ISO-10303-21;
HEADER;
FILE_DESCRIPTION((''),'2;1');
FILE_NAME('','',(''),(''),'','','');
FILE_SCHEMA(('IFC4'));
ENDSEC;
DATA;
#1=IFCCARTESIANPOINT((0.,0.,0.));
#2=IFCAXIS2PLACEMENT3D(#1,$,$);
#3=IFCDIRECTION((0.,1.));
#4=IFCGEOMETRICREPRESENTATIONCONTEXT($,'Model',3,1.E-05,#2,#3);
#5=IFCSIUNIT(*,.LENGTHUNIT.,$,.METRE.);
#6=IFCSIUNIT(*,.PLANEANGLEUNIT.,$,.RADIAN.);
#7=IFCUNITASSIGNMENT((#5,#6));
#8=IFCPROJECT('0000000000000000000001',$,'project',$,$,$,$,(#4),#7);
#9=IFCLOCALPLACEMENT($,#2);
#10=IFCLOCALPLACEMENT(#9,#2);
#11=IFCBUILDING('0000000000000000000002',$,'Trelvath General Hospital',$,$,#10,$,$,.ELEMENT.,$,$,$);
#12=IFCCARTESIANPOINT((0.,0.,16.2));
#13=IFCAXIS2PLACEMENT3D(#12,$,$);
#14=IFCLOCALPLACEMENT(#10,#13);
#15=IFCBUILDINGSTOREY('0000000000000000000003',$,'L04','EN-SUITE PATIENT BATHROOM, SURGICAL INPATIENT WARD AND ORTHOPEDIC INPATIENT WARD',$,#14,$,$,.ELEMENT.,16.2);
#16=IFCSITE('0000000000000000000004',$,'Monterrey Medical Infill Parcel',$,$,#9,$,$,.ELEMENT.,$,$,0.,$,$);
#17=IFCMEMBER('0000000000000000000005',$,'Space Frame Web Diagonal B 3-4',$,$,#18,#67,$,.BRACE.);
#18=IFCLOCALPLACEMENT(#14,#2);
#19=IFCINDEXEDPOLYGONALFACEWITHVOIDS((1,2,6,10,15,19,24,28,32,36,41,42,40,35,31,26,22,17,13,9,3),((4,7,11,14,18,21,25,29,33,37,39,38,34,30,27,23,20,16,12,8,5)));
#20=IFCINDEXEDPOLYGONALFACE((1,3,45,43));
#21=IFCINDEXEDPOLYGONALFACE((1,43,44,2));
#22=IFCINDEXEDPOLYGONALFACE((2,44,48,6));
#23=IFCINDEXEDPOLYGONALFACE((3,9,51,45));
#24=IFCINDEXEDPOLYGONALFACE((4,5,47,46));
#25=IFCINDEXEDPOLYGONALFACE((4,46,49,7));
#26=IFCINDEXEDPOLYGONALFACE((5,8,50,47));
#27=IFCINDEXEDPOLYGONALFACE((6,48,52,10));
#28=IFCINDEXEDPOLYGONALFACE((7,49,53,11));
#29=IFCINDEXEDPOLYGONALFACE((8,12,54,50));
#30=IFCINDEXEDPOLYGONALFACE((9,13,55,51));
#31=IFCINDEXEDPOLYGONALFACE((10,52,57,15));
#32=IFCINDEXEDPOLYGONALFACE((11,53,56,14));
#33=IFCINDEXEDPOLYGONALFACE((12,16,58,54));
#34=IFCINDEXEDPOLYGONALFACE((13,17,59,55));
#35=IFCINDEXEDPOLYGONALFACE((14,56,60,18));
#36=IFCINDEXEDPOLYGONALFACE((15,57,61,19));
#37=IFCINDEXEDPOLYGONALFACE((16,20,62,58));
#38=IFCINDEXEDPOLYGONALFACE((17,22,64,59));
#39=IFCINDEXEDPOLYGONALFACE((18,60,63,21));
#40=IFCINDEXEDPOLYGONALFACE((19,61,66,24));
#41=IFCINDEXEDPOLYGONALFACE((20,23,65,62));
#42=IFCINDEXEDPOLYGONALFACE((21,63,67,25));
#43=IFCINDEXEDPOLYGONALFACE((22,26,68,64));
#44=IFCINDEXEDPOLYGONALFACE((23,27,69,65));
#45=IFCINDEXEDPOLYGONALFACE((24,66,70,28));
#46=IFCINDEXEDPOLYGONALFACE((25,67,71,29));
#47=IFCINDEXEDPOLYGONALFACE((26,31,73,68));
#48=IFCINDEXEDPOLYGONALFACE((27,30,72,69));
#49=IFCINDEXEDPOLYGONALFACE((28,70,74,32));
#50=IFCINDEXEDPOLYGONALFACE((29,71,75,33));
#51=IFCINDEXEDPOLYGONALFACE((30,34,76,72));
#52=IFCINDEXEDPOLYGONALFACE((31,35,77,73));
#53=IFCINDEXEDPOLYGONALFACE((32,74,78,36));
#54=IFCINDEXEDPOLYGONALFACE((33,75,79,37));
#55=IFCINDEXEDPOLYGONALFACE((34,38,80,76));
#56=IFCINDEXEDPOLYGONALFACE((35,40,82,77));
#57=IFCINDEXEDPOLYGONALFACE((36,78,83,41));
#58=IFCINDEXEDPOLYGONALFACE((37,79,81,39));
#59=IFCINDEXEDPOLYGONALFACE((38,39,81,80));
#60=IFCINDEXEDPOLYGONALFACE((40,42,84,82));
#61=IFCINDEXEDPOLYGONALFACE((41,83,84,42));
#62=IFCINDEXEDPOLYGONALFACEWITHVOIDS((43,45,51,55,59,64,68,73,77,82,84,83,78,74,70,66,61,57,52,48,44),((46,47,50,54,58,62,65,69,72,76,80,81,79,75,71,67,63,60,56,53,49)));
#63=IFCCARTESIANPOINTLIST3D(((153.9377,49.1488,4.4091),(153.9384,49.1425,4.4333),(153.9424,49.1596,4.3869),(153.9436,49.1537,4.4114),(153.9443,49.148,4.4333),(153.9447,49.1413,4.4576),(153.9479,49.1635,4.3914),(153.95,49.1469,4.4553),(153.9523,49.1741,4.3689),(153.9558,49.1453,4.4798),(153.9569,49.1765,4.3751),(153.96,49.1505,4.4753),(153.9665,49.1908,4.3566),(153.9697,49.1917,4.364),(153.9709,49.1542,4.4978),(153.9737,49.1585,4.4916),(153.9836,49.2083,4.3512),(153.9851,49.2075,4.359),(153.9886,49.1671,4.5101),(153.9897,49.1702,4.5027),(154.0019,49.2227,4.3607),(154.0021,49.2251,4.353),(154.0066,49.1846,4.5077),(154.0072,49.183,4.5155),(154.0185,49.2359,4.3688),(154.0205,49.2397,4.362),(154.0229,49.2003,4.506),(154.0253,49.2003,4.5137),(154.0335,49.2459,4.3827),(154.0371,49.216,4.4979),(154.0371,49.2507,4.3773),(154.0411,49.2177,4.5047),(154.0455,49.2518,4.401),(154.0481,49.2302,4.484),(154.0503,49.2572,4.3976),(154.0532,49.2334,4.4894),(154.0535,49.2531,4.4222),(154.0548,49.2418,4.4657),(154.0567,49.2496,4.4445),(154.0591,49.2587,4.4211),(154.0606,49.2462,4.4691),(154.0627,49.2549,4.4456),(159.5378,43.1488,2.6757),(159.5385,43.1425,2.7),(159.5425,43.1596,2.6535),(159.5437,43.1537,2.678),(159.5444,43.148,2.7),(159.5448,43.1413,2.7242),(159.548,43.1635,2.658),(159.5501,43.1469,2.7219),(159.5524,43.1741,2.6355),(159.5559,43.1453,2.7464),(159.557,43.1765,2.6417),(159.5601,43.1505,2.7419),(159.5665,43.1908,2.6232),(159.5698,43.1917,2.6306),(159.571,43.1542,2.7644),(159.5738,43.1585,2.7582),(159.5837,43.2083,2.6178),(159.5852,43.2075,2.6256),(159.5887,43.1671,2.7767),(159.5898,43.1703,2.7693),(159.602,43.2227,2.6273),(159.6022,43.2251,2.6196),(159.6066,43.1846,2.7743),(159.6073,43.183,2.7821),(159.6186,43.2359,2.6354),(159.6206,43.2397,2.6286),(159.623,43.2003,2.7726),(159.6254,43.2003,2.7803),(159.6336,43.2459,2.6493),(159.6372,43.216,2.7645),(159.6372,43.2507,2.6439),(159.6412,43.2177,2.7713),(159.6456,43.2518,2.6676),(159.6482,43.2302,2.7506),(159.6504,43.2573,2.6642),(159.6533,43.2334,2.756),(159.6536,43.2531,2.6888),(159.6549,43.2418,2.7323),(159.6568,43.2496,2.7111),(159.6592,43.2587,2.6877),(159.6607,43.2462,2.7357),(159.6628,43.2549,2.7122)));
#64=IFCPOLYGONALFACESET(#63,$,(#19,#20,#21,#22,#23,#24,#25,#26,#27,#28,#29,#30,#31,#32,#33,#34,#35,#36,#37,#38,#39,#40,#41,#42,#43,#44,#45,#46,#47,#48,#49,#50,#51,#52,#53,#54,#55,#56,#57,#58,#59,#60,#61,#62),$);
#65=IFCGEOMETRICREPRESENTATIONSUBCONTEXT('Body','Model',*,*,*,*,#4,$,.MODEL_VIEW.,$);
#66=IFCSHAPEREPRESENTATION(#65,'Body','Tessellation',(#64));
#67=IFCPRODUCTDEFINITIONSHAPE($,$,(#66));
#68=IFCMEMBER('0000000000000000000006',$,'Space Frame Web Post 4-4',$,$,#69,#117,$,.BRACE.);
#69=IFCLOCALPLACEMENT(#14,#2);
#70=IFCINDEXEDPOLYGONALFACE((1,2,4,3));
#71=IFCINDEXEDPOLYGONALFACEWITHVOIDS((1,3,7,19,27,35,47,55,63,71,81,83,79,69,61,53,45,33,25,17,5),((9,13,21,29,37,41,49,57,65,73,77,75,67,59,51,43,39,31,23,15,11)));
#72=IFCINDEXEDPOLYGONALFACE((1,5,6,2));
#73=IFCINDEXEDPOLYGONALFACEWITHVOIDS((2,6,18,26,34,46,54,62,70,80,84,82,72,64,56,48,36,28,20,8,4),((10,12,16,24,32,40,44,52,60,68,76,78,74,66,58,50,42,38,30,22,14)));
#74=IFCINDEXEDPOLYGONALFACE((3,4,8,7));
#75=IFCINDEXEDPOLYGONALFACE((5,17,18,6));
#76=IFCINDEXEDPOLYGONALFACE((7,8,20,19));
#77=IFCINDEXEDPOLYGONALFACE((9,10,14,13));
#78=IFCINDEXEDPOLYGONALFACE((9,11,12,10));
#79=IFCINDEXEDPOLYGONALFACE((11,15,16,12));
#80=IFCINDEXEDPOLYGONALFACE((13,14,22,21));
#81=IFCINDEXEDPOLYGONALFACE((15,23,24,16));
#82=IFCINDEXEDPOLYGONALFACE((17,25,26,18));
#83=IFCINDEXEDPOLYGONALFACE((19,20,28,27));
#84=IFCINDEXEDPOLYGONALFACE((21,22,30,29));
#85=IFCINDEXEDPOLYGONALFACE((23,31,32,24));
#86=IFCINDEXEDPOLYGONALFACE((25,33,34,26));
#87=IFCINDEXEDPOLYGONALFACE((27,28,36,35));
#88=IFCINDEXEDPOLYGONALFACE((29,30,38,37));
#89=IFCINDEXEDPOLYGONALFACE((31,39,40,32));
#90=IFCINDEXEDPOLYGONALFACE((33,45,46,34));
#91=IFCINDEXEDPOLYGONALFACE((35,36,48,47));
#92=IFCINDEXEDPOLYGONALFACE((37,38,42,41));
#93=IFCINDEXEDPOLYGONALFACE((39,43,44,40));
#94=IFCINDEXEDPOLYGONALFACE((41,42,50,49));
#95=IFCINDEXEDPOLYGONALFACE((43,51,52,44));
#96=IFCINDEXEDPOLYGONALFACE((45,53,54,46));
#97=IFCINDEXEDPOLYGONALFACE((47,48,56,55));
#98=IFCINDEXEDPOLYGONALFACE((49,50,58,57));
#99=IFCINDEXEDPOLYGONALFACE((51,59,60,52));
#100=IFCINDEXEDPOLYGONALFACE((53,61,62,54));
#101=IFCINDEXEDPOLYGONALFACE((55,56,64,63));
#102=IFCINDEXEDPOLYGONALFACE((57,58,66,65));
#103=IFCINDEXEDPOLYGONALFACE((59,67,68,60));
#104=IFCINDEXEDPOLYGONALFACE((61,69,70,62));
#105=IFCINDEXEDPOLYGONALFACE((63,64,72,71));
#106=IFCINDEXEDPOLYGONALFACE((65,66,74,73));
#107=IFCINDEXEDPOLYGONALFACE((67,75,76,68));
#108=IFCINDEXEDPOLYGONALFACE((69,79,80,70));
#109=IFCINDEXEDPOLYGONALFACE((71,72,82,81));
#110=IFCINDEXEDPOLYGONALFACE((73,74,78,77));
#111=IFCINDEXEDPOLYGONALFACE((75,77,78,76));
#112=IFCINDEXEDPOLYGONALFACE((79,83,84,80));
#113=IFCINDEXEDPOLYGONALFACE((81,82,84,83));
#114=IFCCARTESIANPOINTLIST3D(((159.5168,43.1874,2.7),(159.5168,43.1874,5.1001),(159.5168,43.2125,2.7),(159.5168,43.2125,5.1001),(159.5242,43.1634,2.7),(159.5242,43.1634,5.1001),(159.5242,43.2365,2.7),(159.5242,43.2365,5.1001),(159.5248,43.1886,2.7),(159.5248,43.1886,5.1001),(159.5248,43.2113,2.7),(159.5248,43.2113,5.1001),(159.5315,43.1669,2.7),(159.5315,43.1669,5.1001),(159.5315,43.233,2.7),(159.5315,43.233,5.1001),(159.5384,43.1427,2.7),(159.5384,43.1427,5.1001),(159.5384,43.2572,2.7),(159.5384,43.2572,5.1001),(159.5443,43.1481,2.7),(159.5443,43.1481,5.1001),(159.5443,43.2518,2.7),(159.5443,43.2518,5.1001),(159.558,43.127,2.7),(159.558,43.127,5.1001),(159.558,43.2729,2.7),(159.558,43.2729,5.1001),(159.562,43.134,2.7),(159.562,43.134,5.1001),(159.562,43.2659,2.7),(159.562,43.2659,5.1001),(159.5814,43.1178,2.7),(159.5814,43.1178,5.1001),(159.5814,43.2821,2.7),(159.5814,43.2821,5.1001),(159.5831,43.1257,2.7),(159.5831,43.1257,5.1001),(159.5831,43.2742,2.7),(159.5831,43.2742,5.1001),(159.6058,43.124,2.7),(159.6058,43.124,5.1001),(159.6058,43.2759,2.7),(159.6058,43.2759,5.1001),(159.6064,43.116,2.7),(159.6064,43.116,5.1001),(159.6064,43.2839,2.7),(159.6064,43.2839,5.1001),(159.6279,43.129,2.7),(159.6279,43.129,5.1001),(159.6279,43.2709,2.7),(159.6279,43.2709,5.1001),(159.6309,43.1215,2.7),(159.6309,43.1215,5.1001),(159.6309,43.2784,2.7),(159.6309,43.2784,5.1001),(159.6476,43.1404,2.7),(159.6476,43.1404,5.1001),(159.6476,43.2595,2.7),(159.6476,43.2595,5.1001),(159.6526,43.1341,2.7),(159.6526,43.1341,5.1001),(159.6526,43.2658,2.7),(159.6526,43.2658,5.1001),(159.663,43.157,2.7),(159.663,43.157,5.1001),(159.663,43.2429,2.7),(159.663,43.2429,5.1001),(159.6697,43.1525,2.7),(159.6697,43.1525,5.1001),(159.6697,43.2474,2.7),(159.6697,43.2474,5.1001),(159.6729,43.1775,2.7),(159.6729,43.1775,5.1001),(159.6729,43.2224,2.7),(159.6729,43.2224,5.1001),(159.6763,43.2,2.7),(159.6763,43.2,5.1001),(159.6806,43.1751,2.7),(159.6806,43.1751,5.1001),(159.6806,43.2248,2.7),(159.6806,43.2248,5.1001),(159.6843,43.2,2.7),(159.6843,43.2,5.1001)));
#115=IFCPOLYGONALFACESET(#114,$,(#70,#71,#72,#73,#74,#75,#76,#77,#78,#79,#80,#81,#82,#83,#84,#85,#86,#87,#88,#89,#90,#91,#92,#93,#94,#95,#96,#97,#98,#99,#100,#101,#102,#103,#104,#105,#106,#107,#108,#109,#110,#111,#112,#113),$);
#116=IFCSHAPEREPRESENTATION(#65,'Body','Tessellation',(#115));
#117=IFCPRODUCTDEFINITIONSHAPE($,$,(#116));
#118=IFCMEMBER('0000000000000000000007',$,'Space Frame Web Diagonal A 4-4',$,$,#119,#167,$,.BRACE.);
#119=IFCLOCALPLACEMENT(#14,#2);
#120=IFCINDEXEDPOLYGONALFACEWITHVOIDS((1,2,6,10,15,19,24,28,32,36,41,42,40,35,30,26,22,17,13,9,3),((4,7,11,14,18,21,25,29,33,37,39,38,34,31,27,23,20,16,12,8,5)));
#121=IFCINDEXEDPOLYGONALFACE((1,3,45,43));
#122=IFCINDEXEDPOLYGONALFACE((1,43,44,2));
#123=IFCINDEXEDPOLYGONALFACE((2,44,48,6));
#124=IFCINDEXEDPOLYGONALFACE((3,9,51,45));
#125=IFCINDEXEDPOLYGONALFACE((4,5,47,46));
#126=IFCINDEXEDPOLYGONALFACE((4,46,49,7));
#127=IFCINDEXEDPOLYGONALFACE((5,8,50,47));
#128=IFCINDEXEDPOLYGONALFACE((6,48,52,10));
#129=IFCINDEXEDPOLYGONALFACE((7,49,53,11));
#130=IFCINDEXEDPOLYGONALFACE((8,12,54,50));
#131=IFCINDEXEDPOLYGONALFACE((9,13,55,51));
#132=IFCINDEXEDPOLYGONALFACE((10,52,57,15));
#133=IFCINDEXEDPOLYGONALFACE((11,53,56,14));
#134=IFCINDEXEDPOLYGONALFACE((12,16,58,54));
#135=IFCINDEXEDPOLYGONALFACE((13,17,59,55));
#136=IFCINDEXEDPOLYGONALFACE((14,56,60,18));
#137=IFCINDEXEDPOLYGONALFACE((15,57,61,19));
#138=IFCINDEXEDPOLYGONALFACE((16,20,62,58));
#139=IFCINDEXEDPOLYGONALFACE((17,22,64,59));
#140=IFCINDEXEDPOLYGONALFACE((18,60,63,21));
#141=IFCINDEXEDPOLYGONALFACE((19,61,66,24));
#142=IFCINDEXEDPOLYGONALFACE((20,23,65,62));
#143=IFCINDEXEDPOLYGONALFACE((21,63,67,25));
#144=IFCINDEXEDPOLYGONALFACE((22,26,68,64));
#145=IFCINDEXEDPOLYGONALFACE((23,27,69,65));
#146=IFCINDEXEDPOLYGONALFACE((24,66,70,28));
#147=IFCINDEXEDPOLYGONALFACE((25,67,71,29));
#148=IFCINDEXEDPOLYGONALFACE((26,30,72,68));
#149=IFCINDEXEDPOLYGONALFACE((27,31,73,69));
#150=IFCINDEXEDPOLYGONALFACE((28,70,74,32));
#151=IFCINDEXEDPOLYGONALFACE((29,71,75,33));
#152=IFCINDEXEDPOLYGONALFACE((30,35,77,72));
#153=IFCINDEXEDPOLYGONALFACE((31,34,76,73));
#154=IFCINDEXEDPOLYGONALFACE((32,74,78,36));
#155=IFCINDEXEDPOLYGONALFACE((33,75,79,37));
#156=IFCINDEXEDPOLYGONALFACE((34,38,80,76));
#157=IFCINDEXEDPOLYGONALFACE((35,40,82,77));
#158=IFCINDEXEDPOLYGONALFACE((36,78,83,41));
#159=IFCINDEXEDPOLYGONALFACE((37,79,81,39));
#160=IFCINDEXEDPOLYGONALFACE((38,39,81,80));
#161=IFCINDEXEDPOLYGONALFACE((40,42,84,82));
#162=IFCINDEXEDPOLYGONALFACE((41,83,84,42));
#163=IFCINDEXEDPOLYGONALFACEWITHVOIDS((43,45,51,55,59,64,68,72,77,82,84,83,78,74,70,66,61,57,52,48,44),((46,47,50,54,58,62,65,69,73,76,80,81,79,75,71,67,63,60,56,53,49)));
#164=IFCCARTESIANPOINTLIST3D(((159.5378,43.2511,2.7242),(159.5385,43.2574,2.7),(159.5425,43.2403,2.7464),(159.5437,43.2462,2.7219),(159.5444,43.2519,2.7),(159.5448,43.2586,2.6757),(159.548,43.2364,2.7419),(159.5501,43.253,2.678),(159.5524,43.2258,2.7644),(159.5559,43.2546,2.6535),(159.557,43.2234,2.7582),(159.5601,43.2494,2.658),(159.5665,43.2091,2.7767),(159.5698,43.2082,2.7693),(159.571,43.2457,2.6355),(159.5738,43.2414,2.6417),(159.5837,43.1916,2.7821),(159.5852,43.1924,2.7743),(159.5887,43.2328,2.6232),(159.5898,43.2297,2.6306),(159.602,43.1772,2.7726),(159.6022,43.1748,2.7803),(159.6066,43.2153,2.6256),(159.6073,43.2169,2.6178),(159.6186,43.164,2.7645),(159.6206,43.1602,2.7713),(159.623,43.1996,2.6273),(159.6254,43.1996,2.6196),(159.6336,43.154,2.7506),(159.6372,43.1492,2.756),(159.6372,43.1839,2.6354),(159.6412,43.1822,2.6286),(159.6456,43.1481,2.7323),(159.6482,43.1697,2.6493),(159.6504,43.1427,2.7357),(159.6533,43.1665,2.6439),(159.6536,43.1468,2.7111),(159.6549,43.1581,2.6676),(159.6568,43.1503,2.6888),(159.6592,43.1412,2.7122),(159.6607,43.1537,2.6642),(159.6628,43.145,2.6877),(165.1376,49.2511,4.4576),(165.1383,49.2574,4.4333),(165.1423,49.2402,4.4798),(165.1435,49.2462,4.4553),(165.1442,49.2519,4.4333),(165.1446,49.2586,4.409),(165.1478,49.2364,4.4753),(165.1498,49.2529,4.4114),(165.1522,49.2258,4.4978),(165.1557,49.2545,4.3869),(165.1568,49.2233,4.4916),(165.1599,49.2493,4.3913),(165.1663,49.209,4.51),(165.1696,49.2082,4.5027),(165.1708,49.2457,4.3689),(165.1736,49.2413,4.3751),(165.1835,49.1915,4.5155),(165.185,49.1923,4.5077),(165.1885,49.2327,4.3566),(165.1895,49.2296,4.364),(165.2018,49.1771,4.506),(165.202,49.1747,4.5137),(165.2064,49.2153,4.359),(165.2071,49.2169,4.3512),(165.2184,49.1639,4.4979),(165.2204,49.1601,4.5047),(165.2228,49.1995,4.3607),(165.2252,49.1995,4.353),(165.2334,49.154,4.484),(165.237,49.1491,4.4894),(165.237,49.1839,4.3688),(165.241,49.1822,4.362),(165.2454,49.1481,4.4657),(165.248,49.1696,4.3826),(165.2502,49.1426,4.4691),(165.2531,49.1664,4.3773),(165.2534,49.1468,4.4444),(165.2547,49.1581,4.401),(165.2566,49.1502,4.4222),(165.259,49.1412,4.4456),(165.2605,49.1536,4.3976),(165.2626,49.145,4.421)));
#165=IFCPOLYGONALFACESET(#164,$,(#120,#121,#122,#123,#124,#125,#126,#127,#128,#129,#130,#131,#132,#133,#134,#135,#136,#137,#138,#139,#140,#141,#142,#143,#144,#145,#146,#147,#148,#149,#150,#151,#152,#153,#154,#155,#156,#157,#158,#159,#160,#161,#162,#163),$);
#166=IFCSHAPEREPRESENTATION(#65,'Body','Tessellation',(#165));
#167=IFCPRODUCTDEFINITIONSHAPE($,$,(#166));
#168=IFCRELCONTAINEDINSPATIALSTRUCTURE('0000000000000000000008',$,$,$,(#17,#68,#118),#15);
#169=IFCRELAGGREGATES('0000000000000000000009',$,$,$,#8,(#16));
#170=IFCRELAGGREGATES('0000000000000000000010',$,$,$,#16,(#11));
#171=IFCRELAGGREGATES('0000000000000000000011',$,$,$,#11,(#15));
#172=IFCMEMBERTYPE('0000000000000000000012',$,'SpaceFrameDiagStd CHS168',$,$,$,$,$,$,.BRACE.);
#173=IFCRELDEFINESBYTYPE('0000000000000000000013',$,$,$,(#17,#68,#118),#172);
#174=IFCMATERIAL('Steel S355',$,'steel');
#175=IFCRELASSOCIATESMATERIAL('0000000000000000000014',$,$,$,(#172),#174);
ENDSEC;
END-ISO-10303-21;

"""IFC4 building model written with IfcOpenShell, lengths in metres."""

from ifc_helpers import new_model, si_unit, direction, frame, origin, origin_2d, place, context, subcontext, project, spatial, hollow_circle, extrude, material, material_profile, profile_set, type_object, element, save


model = new_model("IFC4")

# Units and contexts
model_context = context("Model", 3, precision=1e-05, world=origin(), true_north=direction((0.0, 1.0)))
body_context = subcontext(model_context, "Body", "Model", "MODEL_VIEW")
ifc_project = project(units=[si_unit("LENGTHUNIT", "METRE"), si_unit("PLANEANGLEUNIT", "RADIAN")], contexts=[model_context])

# Site, building, storey
site_placement = place(None, origin())
site = spatial("IfcSite", under=ifc_project, at=site_placement, Name="Monterrey Medical Infill Parcel", CompositionType="ELEMENT", RefElevation=0.0)
building_placement = place(site_placement, origin())
building = spatial("IfcBuilding", under=site, at=building_placement, Name="Trelvath General Hospital", CompositionType="ELEMENT")
storey_placement = place(building_placement, frame((0.0, 0.0, 16.2)))
storey = spatial("IfcBuildingStorey", under=building, at=storey_placement, Name="L04", Description="EN-SUITE PATIENT BATHROOM, SURGICAL INPATIENT WARD AND ORTHOPEDIC INPATIENT WARD", CompositionType="ELEMENT", Elevation=16.2)

# Members
ifc_material_1 = material(Name="Steel S355", Category="steel")
ifc_material_profile_1 = material_profile(ifc_material_1, hollow_circle(Radius=0.0842, WallThickness=0.0081, at=origin_2d()), Name="CHS168.3x8.0")
ifc_profile_set_1 = profile_set([ifc_material_profile_1], Name="Steel S355")
member_type_1 = type_object("IfcMemberType", Name="SpaceFrameDiagStd CHS168", PredefinedType="BRACE", material=ifc_profile_set_1)
member_1_placement = place(storey_placement, frame((159.6001, 43.2, 2.7), z_axis=(-0.667598, 0.715271, 0.206642), x_axis=(-0.731049, -0.682325, 0.0)))
element("IfcMember", 1, at=member_1_placement, inside=storey, type_object=member_type_1, Name="Space Frame Web Diagonal B 3-4", PredefinedType="BRACE", context=body_context, shape_type="SweptSolid", body=[
    extrude(hollow_circle(Radius=0.0842, WallThickness=0.0081, at=origin_2d()), origin(), (0.0, 0.0, 1.0), 8.3884),
])
member_2_placement = place(storey_placement, frame((159.6001, 43.2, 2.7), z_axis=(0.0, 0.0, 1.0), x_axis=(1.0, 0.0, 0.0)))
element("IfcMember", 2, at=member_2_placement, inside=storey, type_object=member_type_1, Name="Space Frame Web Post 4-4", PredefinedType="BRACE", context=body_context, shape_type="SweptSolid", body=[
    extrude(hollow_circle(Radius=0.0842, WallThickness=0.0081, at=origin_2d()), origin(), (0.0, 0.0, 1.0), 2.4001),
])
member_3_placement = place(storey_placement, frame((159.6001, 43.2, 2.7), z_axis=(0.667582, 0.715285, 0.206646), x_axis=(-0.731064, 0.682309, 0.0)))
element("IfcMember", 3, at=member_3_placement, inside=storey, type_object=member_type_1, Name="Space Frame Web Diagonal A 4-4", PredefinedType="BRACE", context=body_context, shape_type="SweptSolid", body=[
    extrude(hollow_circle(Radius=0.0842, WallThickness=0.0081, at=origin_2d()), origin(), (0.0, 0.0, 1.0), 8.3882),
])

save(model, "model.ifc")
